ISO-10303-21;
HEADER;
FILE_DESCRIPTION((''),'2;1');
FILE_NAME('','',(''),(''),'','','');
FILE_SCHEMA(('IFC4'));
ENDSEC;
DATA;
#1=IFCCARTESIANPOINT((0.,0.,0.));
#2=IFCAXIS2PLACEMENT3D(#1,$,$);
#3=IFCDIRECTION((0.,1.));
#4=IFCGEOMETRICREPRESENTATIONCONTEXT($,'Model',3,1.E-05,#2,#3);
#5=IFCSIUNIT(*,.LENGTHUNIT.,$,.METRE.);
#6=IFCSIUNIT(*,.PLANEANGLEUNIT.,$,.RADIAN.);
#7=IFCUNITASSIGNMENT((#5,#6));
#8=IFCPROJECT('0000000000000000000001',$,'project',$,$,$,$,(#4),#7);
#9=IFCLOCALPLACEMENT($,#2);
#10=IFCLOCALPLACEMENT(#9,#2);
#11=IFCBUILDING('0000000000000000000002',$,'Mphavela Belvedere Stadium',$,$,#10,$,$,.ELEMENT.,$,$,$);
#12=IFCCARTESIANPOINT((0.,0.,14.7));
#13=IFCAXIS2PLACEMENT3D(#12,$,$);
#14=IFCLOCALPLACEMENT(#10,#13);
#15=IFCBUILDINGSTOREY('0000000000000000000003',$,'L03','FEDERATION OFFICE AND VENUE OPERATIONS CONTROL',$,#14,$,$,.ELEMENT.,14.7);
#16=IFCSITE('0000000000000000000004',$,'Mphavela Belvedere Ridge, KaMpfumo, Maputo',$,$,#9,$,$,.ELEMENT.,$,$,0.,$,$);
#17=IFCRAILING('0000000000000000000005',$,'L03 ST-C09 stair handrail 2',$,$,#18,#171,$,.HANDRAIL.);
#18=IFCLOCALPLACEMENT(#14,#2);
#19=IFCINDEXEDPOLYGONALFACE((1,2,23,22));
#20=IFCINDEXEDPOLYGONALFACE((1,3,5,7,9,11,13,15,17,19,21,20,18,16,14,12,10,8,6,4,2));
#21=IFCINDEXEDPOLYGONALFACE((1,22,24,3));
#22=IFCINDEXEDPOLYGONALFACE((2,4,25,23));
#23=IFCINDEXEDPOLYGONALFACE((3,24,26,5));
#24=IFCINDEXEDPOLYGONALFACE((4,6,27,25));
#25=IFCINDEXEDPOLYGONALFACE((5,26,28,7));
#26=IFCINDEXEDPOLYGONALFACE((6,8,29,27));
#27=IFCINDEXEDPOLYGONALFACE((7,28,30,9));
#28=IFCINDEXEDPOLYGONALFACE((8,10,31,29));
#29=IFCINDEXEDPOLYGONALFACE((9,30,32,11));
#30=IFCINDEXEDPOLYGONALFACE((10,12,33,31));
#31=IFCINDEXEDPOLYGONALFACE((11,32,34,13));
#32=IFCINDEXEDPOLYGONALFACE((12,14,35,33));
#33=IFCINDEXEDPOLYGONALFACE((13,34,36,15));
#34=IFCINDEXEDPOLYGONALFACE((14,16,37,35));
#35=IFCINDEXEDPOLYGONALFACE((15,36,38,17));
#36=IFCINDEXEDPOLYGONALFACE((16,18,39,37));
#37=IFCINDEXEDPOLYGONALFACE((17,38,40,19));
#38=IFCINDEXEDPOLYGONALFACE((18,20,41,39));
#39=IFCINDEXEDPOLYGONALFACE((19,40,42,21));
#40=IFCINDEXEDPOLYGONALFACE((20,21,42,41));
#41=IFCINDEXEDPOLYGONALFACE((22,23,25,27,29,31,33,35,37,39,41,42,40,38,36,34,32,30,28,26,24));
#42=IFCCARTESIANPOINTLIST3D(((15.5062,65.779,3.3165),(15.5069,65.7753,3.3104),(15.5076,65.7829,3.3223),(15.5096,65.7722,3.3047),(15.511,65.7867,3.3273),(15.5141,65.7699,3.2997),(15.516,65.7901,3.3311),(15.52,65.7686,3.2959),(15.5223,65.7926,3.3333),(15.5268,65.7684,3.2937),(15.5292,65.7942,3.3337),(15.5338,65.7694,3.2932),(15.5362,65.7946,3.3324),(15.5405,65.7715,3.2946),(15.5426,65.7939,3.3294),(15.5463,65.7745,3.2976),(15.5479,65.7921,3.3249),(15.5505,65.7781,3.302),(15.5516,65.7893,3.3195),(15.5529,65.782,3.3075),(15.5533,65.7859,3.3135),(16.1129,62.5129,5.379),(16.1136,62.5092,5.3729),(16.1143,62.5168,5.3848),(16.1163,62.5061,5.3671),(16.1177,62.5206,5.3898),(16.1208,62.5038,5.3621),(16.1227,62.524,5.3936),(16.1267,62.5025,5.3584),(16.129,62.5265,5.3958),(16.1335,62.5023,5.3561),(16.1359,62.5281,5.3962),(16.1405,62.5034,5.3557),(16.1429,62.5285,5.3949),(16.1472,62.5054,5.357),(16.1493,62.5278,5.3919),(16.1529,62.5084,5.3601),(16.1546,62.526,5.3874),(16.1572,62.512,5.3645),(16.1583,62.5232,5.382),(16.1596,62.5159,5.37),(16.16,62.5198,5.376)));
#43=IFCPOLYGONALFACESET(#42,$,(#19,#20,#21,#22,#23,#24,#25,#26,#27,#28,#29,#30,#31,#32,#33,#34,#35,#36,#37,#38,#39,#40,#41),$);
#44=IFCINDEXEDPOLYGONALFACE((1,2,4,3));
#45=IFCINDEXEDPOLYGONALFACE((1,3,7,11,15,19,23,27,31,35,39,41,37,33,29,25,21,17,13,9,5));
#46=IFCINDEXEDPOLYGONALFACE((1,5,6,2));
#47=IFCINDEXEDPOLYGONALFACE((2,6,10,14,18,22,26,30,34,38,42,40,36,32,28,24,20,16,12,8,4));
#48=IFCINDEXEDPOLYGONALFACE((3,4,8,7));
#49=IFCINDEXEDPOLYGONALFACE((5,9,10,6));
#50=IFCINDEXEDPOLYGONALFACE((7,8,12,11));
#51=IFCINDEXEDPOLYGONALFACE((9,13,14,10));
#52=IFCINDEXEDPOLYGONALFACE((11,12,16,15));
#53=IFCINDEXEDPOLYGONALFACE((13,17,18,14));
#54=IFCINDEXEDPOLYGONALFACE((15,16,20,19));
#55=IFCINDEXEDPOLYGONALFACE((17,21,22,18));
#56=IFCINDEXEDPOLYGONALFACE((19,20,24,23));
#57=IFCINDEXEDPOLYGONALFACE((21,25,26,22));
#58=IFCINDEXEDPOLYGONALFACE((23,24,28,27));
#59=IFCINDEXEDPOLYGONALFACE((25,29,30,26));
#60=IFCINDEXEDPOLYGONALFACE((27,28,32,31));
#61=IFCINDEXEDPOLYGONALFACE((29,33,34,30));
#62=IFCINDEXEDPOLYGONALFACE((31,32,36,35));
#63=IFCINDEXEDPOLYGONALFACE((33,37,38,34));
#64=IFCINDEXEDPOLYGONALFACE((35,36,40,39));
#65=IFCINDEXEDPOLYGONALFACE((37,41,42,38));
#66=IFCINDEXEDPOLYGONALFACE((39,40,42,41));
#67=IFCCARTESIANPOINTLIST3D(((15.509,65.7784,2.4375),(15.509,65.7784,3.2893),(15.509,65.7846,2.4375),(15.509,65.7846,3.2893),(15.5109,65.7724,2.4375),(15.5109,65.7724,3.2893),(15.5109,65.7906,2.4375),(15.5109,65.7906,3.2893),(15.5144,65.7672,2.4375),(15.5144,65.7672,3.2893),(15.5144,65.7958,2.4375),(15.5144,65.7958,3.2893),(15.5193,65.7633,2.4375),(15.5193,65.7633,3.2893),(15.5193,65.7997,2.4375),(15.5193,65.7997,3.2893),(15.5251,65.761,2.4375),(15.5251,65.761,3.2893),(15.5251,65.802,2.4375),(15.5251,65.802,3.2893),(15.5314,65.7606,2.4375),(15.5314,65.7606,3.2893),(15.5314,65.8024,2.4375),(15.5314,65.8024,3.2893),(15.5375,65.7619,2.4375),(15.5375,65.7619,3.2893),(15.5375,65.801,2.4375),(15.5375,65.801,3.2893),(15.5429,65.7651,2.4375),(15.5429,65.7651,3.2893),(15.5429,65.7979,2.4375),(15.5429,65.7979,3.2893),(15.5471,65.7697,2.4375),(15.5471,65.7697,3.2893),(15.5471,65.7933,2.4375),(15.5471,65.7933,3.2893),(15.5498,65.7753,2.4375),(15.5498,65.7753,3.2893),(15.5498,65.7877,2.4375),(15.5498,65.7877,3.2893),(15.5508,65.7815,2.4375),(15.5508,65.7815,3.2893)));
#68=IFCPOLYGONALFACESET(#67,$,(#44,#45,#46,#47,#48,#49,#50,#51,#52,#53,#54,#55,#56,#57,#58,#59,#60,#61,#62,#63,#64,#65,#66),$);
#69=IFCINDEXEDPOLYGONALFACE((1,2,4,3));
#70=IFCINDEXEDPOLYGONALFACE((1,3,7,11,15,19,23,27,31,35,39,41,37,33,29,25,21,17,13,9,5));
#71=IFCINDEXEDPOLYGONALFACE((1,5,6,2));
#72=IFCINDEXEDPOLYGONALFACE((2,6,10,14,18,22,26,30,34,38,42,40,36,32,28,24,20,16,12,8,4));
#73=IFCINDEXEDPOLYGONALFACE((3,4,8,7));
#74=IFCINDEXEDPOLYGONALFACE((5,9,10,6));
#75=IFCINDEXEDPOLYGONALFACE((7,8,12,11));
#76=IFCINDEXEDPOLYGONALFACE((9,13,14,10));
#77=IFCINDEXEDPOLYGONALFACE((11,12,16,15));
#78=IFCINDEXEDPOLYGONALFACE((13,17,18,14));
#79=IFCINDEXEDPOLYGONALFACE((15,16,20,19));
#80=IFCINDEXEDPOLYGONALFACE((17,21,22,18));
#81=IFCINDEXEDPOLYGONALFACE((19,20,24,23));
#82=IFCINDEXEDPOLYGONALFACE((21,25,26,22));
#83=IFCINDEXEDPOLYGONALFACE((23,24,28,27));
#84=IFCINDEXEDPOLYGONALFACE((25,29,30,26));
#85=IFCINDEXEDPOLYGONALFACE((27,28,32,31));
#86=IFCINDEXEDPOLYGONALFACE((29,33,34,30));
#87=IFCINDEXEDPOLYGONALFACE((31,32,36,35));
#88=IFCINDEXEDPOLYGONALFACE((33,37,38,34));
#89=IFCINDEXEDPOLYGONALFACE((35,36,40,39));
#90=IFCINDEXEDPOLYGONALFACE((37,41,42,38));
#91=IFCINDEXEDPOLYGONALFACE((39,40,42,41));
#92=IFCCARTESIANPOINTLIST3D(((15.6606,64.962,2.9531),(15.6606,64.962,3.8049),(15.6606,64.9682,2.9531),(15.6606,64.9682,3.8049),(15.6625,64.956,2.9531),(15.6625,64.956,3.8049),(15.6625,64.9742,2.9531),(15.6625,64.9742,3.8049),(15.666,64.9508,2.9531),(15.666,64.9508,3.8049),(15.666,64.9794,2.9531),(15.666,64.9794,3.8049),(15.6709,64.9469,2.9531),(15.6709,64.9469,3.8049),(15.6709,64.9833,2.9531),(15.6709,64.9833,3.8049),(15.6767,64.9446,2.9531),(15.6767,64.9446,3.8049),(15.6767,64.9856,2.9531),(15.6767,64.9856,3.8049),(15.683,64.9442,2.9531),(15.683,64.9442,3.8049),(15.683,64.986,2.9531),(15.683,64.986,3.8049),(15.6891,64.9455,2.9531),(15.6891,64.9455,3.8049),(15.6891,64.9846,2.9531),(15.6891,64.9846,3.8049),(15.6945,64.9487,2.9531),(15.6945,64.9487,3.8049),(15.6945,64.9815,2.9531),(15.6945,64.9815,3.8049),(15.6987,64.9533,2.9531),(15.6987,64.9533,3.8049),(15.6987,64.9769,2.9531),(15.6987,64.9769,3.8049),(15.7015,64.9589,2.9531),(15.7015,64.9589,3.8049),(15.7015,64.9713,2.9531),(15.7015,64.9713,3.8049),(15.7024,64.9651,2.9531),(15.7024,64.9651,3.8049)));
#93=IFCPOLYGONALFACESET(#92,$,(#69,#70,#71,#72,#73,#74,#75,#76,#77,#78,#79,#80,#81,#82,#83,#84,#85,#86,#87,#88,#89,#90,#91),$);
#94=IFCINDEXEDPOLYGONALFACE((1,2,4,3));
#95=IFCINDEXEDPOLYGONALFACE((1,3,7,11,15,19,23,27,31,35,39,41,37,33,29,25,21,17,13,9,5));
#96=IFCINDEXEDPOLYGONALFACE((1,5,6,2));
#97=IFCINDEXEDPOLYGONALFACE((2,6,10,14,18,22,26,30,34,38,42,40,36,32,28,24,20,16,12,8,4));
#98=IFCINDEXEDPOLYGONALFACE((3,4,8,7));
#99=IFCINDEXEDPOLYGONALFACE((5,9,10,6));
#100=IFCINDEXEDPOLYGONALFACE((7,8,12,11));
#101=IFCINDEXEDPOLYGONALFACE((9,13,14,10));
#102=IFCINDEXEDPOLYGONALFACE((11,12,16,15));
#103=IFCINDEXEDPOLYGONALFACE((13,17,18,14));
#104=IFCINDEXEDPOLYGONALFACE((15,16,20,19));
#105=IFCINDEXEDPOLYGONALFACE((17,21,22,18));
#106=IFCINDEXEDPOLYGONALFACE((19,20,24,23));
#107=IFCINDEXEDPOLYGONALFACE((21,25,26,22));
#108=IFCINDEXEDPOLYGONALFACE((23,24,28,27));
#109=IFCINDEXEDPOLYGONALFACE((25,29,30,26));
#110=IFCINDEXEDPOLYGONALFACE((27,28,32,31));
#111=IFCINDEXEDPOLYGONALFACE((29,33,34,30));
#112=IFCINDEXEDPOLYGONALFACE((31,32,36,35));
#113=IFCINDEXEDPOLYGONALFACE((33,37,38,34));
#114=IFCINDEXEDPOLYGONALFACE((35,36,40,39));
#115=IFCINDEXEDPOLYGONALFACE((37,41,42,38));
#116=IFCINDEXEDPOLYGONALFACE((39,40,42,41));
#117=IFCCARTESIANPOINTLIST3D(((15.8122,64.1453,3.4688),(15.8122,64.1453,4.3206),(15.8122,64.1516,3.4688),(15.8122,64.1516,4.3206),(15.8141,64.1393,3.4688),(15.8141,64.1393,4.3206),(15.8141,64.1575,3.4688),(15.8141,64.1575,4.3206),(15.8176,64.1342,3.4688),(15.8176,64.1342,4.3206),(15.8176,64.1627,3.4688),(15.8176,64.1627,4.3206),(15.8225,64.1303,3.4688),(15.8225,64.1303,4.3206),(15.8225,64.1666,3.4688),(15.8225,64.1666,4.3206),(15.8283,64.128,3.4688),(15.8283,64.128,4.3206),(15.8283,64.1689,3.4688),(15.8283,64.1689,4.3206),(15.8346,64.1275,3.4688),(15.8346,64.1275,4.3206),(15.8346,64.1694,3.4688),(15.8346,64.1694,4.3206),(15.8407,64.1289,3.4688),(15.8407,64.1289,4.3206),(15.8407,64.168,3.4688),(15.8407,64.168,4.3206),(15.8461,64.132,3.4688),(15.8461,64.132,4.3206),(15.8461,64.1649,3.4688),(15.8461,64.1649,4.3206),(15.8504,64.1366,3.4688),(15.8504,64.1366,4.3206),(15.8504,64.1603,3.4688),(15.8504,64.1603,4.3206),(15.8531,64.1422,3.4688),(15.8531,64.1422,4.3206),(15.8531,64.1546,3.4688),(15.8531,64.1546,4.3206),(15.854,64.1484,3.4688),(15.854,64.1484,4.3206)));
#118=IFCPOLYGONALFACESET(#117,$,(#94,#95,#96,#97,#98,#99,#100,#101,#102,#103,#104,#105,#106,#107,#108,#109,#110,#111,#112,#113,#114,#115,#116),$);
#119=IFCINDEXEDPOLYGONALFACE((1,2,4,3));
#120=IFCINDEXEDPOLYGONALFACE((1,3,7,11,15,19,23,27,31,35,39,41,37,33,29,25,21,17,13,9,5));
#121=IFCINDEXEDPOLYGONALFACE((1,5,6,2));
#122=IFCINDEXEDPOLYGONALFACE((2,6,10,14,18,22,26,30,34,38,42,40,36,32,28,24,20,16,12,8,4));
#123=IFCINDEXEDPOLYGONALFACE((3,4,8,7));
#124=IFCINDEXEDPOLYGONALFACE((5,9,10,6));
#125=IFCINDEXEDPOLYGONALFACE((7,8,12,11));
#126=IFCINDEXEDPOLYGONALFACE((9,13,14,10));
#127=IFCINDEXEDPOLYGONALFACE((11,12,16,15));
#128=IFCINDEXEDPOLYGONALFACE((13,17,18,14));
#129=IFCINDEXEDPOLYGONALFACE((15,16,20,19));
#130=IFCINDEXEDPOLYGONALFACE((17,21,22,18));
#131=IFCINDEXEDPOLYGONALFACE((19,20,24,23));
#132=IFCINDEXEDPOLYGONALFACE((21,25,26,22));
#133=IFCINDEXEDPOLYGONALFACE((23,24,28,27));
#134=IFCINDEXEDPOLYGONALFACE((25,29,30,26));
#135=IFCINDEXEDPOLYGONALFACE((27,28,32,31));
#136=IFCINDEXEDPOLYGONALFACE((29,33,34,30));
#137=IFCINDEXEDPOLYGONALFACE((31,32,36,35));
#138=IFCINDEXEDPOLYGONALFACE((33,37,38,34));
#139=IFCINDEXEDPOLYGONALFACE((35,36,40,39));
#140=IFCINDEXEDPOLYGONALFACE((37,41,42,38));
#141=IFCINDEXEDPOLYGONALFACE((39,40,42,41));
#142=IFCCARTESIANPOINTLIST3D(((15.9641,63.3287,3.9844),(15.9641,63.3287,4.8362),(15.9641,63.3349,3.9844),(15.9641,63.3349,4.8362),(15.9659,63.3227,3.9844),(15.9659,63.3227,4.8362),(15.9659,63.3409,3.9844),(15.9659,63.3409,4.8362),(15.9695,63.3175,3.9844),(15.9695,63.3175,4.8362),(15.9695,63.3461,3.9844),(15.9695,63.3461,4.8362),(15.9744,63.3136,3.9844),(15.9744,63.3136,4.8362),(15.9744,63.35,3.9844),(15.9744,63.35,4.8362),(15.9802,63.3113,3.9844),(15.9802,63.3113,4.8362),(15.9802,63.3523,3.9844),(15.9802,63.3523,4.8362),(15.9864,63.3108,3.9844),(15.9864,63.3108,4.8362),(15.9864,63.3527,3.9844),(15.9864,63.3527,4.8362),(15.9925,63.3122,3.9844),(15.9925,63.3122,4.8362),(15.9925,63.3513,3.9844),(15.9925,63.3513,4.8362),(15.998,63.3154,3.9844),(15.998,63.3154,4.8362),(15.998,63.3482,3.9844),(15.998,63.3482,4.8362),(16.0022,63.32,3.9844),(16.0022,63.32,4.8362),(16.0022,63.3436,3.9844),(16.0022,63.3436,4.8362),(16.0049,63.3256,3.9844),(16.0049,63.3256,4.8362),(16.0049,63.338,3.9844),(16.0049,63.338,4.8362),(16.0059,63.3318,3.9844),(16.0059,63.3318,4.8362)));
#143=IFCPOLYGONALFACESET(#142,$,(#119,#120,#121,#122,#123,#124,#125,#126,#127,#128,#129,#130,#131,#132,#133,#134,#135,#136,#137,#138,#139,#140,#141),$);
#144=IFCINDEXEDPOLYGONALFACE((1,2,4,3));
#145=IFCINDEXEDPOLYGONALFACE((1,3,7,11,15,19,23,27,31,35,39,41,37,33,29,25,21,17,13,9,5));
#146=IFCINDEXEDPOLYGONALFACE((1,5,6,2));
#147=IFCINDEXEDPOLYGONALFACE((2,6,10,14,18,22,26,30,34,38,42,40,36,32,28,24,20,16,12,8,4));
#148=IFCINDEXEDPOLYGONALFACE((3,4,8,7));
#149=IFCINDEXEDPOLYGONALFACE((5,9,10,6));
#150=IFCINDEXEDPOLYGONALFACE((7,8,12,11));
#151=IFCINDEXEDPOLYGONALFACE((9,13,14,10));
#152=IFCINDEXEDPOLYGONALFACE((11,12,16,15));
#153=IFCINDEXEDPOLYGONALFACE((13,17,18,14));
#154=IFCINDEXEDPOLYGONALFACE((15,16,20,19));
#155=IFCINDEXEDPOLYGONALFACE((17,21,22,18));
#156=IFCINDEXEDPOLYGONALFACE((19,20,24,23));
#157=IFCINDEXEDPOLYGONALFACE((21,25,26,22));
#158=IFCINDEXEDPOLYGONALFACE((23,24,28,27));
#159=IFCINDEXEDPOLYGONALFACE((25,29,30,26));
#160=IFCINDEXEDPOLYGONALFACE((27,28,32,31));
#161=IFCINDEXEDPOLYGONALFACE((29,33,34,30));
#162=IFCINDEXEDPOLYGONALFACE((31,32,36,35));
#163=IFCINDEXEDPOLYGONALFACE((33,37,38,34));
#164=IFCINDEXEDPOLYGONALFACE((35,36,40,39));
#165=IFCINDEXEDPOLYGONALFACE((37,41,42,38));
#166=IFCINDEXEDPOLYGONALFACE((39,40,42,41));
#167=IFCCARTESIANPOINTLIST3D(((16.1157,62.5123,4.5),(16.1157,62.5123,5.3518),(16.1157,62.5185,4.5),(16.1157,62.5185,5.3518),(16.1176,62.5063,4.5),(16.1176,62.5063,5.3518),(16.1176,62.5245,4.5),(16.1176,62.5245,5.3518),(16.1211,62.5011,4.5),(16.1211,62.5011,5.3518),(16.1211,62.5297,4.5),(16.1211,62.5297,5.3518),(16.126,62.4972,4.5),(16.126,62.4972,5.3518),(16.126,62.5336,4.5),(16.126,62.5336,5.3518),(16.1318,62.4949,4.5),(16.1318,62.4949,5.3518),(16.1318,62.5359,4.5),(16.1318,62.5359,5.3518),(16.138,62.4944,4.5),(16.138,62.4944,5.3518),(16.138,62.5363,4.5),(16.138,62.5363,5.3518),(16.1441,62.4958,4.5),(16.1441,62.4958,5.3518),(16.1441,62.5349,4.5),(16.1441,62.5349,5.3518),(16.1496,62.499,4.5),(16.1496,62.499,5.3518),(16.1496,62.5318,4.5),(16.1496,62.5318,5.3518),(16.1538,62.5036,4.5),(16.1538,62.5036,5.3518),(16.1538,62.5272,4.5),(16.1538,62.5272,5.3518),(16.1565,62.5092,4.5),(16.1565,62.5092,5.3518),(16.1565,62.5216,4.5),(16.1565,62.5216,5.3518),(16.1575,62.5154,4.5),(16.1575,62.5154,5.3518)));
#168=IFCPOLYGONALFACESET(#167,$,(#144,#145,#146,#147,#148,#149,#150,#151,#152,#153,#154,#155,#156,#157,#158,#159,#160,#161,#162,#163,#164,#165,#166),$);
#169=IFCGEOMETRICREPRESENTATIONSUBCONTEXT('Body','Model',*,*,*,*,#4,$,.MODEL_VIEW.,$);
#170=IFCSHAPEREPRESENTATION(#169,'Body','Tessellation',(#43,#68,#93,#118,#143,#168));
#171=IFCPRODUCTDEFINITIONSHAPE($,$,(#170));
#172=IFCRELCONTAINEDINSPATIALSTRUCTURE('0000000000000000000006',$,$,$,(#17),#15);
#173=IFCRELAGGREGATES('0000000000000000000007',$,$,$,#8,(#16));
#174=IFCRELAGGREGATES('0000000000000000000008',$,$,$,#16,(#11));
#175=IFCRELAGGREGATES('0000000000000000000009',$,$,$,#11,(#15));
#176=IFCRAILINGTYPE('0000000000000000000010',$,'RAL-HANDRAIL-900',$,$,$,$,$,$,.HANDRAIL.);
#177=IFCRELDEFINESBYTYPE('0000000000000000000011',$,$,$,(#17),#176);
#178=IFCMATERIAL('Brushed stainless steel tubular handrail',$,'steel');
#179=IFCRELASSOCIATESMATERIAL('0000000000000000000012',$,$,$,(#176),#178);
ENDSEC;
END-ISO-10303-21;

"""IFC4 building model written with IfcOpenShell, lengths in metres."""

from ifc_helpers import new_model, si_unit, direction, frame, origin, origin_2d, place, context, subcontext, project, spatial, circle, extrude, material, type_object, element, save


model = new_model("IFC4")

# Units and contexts
model_context = context("Model", 3, precision=1e-05, world=origin(), true_north=direction((0.0, 1.0)))
body_context = subcontext(model_context, "Body", "Model", "MODEL_VIEW")
ifc_project = project(units=[si_unit("LENGTHUNIT", "METRE"), si_unit("PLANEANGLEUNIT", "RADIAN")], contexts=[model_context])

# Site, building, storey
site_placement = place(None, origin())
site = spatial("IfcSite", under=ifc_project, at=site_placement, Name="Mphavela Belvedere Ridge, KaMpfumo, Maputo", CompositionType="ELEMENT", RefElevation=0.0)
building_placement = place(site_placement, origin())
building = spatial("IfcBuilding", under=site, at=building_placement, Name="Mphavela Belvedere Stadium", CompositionType="ELEMENT")
storey_placement = place(building_placement, frame((0.0, 0.0, 14.7)))
storey = spatial("IfcBuildingStorey", under=building, at=storey_placement, Name="L03", Description="FEDERATION OFFICE AND VENUE OPERATIONS CONTROL", CompositionType="ELEMENT", Elevation=14.7)

# Railing
ifc_material_1 = material(Name="Brushed stainless steel tubular handrail", Category="steel")
railing_type_1 = type_object("IfcRailingType", Name="RAL-HANDRAIL-900", PredefinedType="HANDRAIL", material=ifc_material_1)
railing_1_placement = place(storey_placement, frame((15.5298, 65.7815, 2.4375)))
element("IfcRailing", 1, at=railing_1_placement, inside=storey, type_object=railing_type_1, Name="L03 ST-C09 stair handrail 2", PredefinedType="HANDRAIL", context=body_context, shape_type="SweptSolid", body=[
    extrude(circle(Radius=0.0239, at=origin_2d()), frame((0.0, 0.0, 0.876), z_axis=(0.155157, -0.835286, 0.52747), x_axis=(0.983182, 0.182629, 0.0)), (0.0, 0.0, 1.0), 3.9102),
    extrude(circle(Radius=0.021, at=origin_2d()), origin(), (0.0, 0.0, 1.0), 0.8518),
    extrude(circle(Radius=0.021, at=origin_2d()), frame((0.1516, -0.8164, 0.5156)), (0.0, 0.0, 1.0), 0.8518),
    extrude(circle(Radius=0.021, at=origin_2d()), frame((0.3032, -1.6331, 1.0312)), (0.0, 0.0, 1.0), 0.8518),
    extrude(circle(Radius=0.021, at=origin_2d()), frame((0.4551, -2.4497, 1.5469)), (0.0, 0.0, 1.0), 0.8518),
    extrude(circle(Radius=0.021, at=origin_2d()), frame((0.6067, -3.2661, 2.0625)), (0.0, 0.0, 1.0), 0.8518),
])

save(model, "model.ifc")
